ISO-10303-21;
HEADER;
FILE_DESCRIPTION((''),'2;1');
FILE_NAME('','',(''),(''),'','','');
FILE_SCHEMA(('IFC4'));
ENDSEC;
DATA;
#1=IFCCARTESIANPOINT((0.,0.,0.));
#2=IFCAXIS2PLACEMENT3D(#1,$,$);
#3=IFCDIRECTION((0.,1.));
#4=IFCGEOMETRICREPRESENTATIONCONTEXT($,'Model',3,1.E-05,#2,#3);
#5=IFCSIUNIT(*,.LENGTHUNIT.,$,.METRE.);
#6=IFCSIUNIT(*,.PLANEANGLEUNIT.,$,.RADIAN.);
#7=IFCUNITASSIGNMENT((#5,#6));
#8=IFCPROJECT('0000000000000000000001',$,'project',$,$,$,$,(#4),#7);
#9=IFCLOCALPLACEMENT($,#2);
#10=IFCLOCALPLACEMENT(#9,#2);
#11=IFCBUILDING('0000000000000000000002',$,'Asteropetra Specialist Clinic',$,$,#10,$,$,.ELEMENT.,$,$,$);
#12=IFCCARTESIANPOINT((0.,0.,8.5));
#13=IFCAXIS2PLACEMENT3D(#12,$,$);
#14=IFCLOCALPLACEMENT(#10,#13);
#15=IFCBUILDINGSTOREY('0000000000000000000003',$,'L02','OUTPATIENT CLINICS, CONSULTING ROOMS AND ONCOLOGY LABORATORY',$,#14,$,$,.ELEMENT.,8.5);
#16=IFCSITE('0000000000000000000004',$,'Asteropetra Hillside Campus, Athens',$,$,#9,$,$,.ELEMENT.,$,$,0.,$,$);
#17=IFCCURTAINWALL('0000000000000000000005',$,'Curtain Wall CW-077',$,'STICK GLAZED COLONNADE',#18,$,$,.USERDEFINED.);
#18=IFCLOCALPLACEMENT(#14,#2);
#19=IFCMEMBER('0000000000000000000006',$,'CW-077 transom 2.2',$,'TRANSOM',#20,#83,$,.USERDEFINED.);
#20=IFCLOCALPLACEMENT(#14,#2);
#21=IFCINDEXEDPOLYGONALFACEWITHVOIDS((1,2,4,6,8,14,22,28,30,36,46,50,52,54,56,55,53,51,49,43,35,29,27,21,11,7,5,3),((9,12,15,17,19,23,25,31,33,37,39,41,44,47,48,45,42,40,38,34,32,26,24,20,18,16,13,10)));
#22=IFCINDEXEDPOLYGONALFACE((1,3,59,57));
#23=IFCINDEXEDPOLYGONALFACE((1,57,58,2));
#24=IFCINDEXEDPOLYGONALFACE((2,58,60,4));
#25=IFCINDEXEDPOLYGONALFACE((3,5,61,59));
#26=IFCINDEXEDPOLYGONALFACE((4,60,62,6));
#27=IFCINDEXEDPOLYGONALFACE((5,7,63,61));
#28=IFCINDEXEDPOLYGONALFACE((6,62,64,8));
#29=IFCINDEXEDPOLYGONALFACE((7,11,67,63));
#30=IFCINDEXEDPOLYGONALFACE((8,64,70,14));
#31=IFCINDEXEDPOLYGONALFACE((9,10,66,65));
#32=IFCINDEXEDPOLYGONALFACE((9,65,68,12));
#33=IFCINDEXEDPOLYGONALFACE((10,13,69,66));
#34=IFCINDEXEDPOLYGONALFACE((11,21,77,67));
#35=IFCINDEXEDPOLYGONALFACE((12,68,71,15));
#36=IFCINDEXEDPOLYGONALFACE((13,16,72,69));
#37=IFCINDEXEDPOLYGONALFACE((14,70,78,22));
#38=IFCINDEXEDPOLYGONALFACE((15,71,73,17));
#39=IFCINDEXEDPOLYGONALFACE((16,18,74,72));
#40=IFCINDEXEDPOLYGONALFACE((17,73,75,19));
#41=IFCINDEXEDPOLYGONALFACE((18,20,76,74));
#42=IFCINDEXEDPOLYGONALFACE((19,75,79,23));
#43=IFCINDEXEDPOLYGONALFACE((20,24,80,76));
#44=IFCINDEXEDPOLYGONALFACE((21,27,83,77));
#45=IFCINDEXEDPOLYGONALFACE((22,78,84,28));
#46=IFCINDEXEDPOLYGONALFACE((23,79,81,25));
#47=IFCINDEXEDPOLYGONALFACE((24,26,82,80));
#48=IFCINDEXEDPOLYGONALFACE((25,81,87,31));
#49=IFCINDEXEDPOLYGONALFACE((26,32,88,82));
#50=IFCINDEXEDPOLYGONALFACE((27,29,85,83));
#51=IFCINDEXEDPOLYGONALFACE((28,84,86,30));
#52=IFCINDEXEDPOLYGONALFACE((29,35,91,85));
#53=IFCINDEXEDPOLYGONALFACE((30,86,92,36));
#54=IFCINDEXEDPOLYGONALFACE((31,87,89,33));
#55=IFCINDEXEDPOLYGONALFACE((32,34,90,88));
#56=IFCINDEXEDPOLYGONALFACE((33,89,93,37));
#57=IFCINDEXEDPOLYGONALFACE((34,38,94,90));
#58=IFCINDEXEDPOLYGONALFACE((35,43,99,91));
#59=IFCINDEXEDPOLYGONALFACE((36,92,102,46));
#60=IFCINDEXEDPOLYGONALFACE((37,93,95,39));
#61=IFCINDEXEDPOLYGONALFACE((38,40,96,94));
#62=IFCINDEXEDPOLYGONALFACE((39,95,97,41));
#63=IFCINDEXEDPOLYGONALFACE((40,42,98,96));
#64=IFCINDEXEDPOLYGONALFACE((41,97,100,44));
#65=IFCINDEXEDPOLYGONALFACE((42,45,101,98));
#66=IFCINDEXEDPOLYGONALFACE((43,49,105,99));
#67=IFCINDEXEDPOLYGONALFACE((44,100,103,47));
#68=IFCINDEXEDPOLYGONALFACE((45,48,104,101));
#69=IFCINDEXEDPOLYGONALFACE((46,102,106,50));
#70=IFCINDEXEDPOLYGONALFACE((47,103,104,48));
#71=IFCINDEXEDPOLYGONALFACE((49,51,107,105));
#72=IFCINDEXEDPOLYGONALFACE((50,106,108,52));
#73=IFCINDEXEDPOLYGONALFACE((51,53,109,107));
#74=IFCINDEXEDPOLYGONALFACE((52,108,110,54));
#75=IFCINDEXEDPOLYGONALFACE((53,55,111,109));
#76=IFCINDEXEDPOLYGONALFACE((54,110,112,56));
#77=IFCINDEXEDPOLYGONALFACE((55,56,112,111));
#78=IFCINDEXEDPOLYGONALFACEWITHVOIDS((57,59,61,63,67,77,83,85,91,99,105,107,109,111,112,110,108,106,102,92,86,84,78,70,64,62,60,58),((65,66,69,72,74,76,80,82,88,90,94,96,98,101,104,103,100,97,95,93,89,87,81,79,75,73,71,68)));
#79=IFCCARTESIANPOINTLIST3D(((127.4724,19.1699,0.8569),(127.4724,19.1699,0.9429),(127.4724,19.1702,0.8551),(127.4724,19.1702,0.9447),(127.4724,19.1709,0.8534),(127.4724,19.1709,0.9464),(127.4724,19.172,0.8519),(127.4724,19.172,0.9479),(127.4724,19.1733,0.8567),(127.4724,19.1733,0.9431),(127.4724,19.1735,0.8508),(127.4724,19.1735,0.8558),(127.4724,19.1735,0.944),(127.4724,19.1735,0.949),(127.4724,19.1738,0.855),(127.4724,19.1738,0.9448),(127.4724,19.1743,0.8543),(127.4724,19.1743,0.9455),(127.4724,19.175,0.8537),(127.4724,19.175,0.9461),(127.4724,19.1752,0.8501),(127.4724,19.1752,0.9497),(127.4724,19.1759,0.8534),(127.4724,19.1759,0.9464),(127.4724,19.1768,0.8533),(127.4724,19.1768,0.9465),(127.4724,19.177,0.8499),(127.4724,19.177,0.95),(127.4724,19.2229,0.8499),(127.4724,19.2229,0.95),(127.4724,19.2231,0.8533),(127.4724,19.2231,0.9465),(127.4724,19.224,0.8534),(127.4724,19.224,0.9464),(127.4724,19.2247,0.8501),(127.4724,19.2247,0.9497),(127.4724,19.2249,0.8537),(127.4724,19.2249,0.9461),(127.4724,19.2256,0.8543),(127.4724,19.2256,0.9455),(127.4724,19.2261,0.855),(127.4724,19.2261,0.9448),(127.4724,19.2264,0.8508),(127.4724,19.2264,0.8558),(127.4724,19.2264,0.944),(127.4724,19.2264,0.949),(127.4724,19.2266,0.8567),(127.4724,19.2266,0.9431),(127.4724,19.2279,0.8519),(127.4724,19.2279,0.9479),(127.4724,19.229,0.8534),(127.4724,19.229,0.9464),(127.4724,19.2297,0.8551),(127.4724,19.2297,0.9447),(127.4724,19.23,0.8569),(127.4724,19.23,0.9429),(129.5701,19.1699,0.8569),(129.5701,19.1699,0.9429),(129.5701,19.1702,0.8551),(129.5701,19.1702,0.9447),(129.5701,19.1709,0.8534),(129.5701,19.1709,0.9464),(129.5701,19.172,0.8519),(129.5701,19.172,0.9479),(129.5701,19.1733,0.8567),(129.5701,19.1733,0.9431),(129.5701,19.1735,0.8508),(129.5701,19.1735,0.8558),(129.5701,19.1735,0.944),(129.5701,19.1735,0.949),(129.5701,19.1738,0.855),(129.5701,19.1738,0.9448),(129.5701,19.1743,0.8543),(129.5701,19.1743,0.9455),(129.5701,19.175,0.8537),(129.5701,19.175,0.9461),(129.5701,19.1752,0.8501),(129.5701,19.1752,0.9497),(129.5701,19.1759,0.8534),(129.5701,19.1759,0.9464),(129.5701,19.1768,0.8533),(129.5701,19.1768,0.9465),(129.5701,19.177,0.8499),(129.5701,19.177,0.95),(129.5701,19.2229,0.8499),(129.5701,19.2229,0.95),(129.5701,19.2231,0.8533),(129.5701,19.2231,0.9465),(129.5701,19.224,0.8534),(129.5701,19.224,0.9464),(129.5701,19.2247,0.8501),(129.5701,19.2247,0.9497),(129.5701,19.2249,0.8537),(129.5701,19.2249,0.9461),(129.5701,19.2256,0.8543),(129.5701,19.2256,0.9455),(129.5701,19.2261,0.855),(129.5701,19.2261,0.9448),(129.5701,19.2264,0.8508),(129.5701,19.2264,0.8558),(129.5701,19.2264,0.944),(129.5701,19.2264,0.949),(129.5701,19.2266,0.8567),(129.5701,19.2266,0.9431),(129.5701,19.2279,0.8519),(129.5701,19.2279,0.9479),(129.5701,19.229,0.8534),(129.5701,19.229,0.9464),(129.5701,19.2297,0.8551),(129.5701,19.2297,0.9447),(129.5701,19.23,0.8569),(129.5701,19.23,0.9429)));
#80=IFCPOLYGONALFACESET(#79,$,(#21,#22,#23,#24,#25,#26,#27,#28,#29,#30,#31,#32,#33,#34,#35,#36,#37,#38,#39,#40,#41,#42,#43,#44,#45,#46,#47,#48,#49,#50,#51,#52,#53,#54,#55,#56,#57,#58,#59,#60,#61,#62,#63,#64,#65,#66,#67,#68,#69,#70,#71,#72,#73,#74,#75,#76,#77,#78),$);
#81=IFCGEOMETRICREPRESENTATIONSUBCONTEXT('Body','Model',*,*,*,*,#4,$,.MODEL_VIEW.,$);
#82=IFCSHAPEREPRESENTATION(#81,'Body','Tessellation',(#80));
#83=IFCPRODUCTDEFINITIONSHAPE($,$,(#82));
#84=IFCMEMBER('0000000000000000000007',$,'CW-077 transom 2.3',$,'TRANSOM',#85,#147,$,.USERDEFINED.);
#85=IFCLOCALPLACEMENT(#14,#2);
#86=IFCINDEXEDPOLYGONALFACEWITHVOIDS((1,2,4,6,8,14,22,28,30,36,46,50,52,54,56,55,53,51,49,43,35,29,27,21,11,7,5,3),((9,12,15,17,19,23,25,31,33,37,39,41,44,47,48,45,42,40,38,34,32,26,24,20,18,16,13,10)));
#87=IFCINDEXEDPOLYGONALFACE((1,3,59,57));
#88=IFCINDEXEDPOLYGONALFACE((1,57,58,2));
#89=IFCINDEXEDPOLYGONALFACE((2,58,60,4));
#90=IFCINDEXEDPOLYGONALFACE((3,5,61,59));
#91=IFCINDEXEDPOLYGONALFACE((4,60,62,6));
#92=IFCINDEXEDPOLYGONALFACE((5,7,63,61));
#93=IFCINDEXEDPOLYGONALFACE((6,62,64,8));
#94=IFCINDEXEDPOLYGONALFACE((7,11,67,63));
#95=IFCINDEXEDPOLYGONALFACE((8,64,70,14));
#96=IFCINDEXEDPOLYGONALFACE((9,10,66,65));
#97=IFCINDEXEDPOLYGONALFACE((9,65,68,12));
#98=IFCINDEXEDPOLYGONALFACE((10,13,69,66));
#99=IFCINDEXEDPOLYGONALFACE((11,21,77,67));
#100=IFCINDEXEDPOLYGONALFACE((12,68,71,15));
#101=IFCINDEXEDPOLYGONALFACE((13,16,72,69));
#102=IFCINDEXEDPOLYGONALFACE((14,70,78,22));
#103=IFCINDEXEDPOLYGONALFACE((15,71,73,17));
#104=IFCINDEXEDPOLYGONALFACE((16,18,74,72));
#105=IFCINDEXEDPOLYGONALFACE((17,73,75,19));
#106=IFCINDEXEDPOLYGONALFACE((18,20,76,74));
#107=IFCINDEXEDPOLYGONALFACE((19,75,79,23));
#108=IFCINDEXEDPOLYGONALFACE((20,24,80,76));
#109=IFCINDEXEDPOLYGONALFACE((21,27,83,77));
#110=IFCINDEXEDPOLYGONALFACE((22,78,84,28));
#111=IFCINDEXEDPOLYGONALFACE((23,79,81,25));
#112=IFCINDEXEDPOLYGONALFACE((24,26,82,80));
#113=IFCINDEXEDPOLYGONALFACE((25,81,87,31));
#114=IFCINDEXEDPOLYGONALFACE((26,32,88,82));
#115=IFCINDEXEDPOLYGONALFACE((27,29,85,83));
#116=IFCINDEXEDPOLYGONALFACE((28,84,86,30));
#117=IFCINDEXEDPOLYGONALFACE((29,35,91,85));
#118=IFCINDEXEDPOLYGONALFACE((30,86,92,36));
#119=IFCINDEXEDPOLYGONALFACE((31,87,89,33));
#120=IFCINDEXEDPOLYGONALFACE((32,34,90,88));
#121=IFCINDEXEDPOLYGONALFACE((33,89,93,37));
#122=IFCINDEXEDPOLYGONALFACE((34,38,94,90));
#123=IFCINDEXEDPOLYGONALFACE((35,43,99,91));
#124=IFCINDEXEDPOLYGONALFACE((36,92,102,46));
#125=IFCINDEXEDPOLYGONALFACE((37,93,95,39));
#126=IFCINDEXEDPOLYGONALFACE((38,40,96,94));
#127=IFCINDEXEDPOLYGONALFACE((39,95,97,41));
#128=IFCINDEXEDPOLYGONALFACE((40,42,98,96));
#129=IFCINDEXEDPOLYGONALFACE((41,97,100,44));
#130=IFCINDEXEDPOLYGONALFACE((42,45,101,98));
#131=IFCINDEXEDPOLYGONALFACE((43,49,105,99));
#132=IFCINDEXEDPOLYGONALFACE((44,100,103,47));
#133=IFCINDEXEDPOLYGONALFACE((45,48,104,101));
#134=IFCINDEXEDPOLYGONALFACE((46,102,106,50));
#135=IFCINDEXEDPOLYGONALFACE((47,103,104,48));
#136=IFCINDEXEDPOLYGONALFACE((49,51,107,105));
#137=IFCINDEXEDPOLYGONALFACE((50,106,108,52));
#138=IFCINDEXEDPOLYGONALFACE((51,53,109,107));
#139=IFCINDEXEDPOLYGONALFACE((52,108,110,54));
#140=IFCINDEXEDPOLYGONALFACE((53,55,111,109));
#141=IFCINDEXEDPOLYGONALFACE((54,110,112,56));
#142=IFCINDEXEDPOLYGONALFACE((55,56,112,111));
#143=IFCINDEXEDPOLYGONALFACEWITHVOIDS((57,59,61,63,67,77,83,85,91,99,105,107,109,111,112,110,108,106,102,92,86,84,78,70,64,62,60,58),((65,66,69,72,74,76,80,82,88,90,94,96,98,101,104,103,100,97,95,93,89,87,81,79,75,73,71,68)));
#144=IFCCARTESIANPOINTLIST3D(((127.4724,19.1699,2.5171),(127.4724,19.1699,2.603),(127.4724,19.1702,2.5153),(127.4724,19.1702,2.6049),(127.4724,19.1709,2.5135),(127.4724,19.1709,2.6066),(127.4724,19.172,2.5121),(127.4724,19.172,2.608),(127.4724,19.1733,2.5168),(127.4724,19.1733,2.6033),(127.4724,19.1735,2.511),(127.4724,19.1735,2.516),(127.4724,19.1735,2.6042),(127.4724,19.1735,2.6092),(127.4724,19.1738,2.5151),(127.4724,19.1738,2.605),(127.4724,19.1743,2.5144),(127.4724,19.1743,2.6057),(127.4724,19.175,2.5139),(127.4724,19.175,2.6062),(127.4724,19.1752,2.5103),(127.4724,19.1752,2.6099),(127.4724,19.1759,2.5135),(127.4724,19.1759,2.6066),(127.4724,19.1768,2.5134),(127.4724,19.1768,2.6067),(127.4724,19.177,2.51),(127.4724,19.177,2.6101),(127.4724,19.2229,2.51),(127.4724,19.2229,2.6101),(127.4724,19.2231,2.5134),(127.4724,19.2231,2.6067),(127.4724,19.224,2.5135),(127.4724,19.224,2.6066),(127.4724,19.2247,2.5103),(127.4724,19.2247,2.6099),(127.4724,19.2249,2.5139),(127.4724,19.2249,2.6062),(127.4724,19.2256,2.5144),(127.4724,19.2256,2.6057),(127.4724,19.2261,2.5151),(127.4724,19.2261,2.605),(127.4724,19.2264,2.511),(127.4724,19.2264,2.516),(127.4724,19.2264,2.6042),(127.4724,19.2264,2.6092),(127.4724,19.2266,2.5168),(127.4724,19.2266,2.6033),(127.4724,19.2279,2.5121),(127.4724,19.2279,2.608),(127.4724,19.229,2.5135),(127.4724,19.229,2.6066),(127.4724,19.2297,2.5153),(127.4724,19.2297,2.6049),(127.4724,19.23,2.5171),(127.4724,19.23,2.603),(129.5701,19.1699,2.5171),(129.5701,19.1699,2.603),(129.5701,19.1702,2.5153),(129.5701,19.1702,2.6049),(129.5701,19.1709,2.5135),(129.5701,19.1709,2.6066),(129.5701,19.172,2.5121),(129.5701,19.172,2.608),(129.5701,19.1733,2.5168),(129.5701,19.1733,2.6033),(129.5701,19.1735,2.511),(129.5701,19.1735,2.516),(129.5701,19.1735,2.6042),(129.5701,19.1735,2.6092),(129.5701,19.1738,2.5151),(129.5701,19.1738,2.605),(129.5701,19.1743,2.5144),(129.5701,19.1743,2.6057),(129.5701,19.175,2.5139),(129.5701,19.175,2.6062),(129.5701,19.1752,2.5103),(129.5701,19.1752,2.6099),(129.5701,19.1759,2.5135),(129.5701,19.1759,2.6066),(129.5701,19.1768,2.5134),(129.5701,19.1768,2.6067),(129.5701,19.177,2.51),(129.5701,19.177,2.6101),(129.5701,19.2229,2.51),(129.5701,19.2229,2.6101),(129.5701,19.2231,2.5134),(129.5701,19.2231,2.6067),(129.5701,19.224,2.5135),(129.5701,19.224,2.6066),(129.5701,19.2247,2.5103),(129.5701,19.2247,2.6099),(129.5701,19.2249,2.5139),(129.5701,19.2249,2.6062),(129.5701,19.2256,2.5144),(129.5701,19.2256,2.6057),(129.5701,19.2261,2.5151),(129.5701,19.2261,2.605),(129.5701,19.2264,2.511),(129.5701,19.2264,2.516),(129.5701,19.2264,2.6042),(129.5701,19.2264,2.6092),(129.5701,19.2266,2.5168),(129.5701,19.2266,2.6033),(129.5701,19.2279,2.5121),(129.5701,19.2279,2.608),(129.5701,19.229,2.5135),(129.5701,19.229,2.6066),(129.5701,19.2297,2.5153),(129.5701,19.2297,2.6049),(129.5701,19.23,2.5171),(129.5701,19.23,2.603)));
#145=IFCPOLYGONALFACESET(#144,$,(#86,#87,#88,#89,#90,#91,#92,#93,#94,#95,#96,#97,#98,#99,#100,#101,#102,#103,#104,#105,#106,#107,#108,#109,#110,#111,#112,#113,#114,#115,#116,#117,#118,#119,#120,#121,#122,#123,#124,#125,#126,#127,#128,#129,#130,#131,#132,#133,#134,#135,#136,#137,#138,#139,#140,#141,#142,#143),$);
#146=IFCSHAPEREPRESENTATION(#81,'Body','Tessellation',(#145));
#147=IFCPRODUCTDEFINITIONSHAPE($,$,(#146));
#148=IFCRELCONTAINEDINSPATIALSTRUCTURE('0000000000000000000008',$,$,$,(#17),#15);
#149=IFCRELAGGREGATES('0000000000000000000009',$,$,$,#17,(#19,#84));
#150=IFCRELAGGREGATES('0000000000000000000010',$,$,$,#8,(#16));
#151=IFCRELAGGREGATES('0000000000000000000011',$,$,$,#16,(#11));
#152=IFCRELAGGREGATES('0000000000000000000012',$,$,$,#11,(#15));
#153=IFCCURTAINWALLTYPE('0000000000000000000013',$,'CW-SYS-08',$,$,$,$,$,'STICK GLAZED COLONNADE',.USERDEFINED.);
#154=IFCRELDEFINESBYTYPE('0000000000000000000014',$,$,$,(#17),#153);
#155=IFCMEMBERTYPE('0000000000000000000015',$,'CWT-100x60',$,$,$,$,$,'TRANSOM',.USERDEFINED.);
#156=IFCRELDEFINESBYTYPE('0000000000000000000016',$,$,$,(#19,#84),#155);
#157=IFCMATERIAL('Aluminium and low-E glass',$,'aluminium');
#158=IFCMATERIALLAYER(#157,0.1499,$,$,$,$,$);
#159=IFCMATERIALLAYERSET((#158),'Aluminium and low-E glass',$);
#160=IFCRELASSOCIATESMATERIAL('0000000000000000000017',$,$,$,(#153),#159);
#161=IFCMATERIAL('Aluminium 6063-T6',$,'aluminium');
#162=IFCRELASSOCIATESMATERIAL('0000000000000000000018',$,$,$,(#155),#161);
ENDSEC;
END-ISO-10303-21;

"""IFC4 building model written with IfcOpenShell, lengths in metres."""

from ifc_helpers import new_model, si_unit, direction, frame, origin, origin_2d, place, context, subcontext, project, spatial, hollow_rectangle, extrude, material, layer, layer_set, material_profile, profile_set, type_object, element, aggregate, save


model = new_model("IFC4")

# Units and contexts
model_context = context("Model", 3, precision=1e-05, world=origin(), true_north=direction((0.0, 1.0)))
body_context = subcontext(model_context, "Body", "Model", "MODEL_VIEW")
ifc_project = project(units=[si_unit("LENGTHUNIT", "METRE"), si_unit("PLANEANGLEUNIT", "RADIAN")], contexts=[model_context])

# Site, building, storey
site_placement = place(None, origin())
site = spatial("IfcSite", under=ifc_project, at=site_placement, Name="Asteropetra Hillside Campus, Athens", CompositionType="ELEMENT", RefElevation=0.0)
building_placement = place(site_placement, origin())
building = spatial("IfcBuilding", under=site, at=building_placement, Name="Asteropetra Specialist Clinic", CompositionType="ELEMENT")
storey_placement = place(building_placement, frame((0.0, 0.0, 8.5)))
storey = spatial("IfcBuildingStorey", under=building, at=storey_placement, Name="L02", Description="OUTPATIENT CLINICS, CONSULTING ROOMS AND ONCOLOGY LABORATORY", CompositionType="ELEMENT", Elevation=8.5)

# Curtain wall, members
ifc_material_1 = material(Name="Aluminium and low-E glass", Category="aluminium")
ifc_layer_1 = layer(ifc_material_1, 0.1499)
ifc_layer_set_1 = layer_set([ifc_layer_1], Name="Aluminium and low-E glass")
curtain_wall_type = type_object("IfcCurtainWallType", Name="CW-SYS-08", ElementType="STICK GLAZED COLONNADE", PredefinedType="USERDEFINED", material=ifc_layer_set_1)
curtain_wall_placement = place(storey_placement, origin())
curtain_wall = element("IfcCurtainWall", 1, at=curtain_wall_placement, inside=storey, type_object=curtain_wall_type, Name="Curtain Wall CW-077", ObjectType="STICK GLAZED COLONNADE", PredefinedType="USERDEFINED")
ifc_material_2 = material(Name="Aluminium 6063-T6", Category="aluminium")
ifc_material_profile_1 = material_profile(ifc_material_2, hollow_rectangle(XDim=0.0601, YDim=0.1001, WallThickness=0.0034, InnerFilletRadius=0.0034, OuterFilletRadius=0.0071, at=origin_2d()), Name="TRN 100x60x3.5")
ifc_profile_set_1 = profile_set([ifc_material_profile_1], Name="Aluminium 6063-T6")
member_type_1 = type_object("IfcMemberType", Name="CWT-100x60", ElementType="TRANSOM", PredefinedType="USERDEFINED", material=ifc_profile_set_1)
member_1_placement = place(storey_placement, frame((127.4724, 19.2, 0.8999), z_axis=(1.0, 0.0, 0.0), x_axis=(0.0, 1.0, 0.0)))
member_1 = element("IfcMember", 2, at=member_1_placement, type_object=member_type_1, Name="CW-077 transom 2.2", ObjectType="TRANSOM", PredefinedType="USERDEFINED", context=body_context, shape_type="SweptSolid", body=[
    extrude(hollow_rectangle(XDim=0.0601, YDim=0.1001, WallThickness=0.0034, InnerFilletRadius=0.0034, OuterFilletRadius=0.0071, at=origin_2d()), origin(), (0.0, 0.0, 1.0), 2.0977),
])
member_2_placement = place(storey_placement, frame((127.4724, 19.2, 2.5601), z_axis=(1.0, 0.0, 0.0), x_axis=(0.0, 1.0, 0.0)))
member_2 = element("IfcMember", 3, at=member_2_placement, type_object=member_type_1, Name="CW-077 transom 2.3", ObjectType="TRANSOM", PredefinedType="USERDEFINED", context=body_context, shape_type="SweptSolid", body=[
    extrude(hollow_rectangle(XDim=0.0601, YDim=0.1001, WallThickness=0.0034, InnerFilletRadius=0.0034, OuterFilletRadius=0.0071, at=origin_2d()), origin(), (0.0, 0.0, 1.0), 2.0977),
])

aggregate(curtain_wall, [member_1, member_2])

save(model, "model.ifc")
